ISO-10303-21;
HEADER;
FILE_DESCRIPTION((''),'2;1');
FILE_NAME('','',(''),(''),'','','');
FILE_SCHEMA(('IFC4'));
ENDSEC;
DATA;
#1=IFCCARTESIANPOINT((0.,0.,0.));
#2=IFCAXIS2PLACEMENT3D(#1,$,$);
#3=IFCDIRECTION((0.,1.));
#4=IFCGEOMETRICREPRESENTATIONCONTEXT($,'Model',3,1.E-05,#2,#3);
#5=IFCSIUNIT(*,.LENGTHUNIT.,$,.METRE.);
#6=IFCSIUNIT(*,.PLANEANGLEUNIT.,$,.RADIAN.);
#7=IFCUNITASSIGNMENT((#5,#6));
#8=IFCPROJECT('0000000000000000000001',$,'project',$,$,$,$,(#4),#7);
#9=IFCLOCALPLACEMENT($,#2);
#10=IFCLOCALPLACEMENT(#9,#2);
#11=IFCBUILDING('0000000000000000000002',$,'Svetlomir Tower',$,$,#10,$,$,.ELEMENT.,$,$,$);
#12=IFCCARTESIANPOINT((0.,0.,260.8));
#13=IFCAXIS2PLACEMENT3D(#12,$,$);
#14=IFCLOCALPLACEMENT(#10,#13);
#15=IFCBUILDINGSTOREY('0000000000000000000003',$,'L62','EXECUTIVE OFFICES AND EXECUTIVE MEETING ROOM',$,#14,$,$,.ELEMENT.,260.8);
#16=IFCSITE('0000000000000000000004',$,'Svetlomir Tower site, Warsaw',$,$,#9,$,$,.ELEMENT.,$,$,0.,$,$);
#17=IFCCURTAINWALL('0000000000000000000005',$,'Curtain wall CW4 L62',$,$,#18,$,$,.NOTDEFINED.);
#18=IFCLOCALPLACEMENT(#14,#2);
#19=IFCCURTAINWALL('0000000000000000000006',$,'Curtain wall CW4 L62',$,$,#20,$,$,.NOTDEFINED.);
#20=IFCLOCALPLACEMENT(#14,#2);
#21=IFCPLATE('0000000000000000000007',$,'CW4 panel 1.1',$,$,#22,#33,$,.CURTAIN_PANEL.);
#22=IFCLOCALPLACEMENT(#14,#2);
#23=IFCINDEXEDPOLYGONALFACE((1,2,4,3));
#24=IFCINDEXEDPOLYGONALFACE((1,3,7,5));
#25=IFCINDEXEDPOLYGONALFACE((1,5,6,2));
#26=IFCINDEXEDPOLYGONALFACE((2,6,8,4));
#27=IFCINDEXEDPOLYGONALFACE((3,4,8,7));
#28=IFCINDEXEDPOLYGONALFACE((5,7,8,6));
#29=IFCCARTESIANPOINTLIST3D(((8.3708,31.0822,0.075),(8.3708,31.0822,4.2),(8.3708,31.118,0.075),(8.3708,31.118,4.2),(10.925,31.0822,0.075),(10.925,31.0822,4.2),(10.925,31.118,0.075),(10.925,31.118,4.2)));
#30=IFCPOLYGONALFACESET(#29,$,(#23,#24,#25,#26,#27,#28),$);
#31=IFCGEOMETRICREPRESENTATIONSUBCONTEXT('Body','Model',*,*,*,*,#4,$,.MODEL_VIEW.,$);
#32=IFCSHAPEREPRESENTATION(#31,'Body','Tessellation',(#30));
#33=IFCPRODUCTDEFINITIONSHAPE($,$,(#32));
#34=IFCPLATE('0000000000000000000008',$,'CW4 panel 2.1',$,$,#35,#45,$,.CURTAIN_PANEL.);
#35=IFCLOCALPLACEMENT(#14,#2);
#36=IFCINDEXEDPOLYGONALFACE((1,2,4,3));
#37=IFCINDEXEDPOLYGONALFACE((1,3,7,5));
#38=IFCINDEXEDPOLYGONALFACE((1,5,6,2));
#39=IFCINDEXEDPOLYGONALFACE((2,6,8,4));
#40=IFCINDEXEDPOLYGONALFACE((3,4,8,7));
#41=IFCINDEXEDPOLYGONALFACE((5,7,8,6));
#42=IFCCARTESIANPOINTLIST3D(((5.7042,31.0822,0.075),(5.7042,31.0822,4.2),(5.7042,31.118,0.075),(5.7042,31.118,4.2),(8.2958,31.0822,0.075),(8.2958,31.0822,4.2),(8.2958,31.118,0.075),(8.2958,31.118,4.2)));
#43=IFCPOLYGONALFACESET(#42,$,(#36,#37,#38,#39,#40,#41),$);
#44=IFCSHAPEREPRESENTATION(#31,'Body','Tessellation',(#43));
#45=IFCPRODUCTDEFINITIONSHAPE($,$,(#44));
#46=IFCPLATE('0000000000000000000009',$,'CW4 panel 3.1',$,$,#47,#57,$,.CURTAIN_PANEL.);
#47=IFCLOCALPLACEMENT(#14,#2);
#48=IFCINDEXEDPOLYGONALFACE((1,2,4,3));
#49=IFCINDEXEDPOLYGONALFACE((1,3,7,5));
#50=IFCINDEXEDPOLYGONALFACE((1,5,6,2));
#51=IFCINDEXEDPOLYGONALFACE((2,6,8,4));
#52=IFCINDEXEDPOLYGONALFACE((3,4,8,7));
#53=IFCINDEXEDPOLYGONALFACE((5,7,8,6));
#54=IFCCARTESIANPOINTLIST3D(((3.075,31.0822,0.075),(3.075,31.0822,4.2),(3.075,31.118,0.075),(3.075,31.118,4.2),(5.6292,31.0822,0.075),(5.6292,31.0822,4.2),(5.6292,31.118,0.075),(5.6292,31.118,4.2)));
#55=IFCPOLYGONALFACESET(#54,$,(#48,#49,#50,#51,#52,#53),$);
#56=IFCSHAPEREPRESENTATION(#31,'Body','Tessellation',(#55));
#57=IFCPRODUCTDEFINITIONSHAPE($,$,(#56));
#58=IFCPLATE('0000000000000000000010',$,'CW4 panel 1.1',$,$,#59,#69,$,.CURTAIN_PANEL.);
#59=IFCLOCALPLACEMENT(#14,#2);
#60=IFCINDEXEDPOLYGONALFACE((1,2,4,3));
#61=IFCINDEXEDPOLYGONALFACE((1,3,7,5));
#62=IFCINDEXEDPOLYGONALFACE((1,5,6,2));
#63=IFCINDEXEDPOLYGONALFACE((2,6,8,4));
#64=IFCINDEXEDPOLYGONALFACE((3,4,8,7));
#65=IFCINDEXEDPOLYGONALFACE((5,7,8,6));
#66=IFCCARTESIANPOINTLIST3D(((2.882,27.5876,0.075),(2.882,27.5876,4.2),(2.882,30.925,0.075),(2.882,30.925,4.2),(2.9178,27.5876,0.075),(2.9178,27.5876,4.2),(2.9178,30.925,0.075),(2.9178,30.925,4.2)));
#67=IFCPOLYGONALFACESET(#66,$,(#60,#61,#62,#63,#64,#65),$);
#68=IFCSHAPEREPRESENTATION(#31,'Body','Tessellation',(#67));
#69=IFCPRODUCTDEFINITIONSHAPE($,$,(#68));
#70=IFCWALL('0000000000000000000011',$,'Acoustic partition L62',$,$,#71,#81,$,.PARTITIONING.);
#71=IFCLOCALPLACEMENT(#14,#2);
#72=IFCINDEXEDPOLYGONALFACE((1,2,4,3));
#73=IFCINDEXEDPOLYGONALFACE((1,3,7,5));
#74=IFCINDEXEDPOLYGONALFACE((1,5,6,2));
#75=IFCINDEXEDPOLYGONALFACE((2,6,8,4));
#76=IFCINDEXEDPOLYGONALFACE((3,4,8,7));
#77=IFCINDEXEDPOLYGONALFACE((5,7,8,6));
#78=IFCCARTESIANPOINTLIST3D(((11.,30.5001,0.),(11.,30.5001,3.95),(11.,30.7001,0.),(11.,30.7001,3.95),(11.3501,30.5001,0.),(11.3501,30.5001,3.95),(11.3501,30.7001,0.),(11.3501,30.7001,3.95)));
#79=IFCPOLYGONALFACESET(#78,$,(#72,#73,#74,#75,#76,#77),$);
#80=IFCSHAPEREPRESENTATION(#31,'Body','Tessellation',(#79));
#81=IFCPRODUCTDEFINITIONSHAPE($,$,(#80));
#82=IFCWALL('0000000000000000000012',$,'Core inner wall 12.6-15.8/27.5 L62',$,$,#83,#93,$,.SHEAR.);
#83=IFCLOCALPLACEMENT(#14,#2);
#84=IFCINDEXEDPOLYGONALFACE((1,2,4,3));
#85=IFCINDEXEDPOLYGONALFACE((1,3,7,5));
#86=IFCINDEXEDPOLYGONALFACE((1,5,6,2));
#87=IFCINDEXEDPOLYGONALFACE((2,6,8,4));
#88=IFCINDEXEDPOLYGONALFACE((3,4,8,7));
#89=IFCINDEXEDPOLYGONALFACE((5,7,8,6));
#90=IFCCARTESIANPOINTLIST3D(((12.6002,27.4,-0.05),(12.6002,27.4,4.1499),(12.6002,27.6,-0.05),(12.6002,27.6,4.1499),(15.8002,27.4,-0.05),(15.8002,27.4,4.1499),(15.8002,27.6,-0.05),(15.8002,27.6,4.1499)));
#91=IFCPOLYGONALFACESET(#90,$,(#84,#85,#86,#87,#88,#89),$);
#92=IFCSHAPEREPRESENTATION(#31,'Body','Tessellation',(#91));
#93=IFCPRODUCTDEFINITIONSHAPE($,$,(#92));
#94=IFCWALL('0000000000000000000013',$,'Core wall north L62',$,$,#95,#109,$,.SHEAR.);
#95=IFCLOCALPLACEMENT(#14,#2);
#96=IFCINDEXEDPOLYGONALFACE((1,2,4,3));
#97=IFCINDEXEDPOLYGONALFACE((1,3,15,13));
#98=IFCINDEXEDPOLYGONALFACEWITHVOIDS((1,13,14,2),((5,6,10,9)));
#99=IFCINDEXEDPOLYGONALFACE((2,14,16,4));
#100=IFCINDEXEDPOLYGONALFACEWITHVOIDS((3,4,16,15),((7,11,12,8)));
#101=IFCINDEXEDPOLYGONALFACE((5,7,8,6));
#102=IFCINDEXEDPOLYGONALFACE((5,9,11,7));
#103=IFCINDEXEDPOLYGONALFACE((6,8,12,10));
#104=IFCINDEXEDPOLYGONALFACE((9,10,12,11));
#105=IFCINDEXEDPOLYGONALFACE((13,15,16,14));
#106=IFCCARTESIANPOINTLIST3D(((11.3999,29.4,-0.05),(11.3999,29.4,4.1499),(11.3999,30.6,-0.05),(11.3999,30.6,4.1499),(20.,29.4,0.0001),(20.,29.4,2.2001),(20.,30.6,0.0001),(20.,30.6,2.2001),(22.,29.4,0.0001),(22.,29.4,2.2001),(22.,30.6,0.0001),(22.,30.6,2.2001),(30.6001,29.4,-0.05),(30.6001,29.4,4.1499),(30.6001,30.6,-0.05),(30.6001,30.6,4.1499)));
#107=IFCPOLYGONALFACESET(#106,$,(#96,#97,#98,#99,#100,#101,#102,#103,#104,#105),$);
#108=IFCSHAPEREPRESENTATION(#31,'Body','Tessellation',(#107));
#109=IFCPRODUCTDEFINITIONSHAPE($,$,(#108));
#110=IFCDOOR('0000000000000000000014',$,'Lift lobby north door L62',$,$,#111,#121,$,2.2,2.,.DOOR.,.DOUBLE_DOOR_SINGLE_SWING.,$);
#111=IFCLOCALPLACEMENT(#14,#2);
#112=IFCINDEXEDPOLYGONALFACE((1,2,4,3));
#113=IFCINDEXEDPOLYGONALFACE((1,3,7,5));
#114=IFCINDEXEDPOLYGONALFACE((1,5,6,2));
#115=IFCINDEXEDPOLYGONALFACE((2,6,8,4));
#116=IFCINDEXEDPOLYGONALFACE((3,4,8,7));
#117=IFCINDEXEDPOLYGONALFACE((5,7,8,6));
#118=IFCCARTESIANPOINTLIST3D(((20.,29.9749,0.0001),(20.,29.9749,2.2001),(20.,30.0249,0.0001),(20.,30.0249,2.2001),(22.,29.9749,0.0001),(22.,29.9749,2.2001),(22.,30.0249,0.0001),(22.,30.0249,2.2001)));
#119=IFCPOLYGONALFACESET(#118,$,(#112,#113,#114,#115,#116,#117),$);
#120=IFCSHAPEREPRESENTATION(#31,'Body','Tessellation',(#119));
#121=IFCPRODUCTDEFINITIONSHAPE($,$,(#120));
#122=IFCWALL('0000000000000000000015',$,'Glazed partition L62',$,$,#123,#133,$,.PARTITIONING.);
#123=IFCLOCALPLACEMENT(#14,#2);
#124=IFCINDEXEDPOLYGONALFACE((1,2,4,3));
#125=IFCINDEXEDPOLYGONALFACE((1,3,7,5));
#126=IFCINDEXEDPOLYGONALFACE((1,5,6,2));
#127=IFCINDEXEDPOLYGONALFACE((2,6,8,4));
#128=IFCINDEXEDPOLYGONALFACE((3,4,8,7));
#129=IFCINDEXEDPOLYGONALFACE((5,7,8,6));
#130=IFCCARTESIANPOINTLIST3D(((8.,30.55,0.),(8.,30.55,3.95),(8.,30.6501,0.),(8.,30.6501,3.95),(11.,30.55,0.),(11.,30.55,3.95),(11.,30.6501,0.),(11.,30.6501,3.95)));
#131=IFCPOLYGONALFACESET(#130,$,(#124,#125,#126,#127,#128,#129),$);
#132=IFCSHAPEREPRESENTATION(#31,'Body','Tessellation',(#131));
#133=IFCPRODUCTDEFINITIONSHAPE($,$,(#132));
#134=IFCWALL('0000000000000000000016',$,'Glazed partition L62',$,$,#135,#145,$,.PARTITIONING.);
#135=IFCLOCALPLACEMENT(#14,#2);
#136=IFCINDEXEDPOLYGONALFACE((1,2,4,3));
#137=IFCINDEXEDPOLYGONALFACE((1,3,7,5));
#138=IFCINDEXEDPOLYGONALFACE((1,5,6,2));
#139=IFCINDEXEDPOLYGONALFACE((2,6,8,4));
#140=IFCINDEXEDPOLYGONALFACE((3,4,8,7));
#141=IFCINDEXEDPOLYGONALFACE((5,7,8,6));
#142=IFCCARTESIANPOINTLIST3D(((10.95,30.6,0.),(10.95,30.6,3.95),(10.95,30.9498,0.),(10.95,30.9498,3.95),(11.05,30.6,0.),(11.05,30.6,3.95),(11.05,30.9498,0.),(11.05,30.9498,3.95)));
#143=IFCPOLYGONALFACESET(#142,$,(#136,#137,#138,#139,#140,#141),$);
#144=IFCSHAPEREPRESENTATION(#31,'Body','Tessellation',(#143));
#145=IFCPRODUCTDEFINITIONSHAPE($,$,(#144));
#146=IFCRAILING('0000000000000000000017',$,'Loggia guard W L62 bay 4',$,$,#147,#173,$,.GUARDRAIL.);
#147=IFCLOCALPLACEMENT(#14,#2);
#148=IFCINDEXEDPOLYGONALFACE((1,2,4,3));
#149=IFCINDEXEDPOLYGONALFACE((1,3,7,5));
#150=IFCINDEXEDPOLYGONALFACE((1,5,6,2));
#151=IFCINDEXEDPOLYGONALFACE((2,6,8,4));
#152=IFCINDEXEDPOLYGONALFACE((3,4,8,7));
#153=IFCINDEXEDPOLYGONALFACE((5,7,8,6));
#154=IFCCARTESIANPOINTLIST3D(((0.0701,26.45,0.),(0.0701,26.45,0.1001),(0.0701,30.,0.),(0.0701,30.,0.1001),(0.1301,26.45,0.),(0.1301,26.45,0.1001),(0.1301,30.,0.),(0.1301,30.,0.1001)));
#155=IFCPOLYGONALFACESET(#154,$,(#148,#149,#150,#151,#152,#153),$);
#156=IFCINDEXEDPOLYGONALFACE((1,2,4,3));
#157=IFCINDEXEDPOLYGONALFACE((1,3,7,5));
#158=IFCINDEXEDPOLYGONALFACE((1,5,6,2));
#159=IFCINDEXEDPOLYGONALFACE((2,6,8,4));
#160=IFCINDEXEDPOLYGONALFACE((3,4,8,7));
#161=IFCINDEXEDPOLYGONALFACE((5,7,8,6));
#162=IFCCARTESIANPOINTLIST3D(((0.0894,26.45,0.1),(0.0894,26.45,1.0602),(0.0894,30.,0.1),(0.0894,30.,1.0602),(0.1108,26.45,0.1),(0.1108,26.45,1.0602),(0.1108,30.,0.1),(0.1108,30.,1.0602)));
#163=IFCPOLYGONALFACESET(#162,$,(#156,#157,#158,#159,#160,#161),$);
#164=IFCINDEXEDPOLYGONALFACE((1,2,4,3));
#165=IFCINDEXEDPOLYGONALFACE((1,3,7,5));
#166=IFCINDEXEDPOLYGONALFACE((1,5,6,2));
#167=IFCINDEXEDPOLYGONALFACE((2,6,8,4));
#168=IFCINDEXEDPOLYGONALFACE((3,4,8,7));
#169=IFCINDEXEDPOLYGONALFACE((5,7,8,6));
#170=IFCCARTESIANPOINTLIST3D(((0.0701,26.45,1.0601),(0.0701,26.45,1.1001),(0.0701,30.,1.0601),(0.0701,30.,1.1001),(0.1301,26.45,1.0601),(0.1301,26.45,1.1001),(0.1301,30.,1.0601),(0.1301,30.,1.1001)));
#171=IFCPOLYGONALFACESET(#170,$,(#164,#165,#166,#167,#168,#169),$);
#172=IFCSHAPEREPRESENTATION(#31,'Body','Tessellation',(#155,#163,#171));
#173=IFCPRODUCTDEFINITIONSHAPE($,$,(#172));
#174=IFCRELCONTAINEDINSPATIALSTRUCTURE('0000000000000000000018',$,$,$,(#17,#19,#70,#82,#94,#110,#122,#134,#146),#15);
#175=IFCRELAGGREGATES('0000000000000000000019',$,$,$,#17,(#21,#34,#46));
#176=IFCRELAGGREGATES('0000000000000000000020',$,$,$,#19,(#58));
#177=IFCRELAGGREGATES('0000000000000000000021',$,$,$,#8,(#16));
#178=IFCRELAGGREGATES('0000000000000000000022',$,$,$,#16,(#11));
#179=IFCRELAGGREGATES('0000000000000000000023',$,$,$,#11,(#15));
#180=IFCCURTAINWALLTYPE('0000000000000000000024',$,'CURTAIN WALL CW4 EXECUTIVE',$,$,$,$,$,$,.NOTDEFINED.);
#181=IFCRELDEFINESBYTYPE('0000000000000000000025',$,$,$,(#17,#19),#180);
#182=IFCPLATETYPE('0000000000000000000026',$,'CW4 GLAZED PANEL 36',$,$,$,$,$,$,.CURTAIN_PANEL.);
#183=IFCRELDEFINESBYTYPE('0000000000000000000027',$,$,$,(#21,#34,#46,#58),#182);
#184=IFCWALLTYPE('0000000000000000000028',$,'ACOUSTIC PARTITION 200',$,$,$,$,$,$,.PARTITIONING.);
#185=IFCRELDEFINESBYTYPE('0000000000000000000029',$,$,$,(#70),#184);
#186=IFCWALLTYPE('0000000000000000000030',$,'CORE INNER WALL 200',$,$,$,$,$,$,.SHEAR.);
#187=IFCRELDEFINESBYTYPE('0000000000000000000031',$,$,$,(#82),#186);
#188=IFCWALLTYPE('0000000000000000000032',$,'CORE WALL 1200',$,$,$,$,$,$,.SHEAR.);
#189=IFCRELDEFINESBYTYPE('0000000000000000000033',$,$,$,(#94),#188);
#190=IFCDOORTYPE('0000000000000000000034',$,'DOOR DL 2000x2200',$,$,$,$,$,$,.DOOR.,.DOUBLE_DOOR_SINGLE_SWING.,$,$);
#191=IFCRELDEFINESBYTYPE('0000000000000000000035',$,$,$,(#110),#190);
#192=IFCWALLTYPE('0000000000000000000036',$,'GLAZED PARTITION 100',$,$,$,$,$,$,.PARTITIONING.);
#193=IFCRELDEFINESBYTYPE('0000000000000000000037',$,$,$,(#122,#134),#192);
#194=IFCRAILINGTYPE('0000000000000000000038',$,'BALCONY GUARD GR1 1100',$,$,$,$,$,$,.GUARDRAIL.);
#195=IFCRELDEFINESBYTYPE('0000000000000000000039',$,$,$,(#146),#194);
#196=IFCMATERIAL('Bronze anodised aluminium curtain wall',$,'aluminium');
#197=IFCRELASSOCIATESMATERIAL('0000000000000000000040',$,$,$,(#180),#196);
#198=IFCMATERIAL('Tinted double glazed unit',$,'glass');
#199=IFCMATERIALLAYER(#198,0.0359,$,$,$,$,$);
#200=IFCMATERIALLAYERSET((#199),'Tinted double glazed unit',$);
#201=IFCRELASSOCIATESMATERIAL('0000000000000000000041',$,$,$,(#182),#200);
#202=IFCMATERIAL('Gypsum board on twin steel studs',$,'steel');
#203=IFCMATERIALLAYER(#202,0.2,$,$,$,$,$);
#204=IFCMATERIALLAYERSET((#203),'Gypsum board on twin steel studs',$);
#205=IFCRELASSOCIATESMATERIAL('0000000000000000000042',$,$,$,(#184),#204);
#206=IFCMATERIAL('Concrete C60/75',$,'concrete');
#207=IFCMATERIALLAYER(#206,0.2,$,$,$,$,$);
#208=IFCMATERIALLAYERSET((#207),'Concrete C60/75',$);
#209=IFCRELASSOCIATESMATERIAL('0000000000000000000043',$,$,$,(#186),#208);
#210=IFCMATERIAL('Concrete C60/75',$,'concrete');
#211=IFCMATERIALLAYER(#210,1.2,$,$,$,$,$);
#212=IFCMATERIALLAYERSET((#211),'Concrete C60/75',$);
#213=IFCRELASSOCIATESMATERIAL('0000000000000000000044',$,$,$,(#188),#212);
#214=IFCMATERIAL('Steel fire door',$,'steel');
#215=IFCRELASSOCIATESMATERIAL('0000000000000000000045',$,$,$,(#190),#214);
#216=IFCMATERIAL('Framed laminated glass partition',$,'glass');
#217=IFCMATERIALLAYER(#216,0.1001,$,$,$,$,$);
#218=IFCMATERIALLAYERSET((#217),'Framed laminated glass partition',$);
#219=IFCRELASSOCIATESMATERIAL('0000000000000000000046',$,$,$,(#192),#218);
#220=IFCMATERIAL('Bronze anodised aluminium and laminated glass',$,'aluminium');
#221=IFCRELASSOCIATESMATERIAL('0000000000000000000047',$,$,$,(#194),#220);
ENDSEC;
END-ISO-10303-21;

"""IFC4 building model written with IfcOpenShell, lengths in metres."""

from ifc_helpers import new_model, si_unit, direction, frame, frame_2d, origin, origin_2d, place, context, subcontext, project, spatial, rectangle, extrude, material, layer, layer_set, type_object, element, fill, aggregate, save


model = new_model("IFC4")

# Units and contexts
model_context = context("Model", 3, precision=1e-05, world=origin(), true_north=direction((0.0, 1.0)))
body_context = subcontext(model_context, "Body", "Model", "MODEL_VIEW")
ifc_project = project(units=[si_unit("LENGTHUNIT", "METRE"), si_unit("PLANEANGLEUNIT", "RADIAN")], contexts=[model_context])

# Site, building, storey
site_placement = place(None, origin())
site = spatial("IfcSite", under=ifc_project, at=site_placement, Name="Svetlomir Tower site, Warsaw", CompositionType="ELEMENT", RefElevation=0.0)
building_placement = place(site_placement, origin())
building = spatial("IfcBuilding", under=site, at=building_placement, Name="Svetlomir Tower", CompositionType="ELEMENT")
storey_placement = place(building_placement, frame((0.0, 0.0, 260.8)))
storey = spatial("IfcBuildingStorey", under=building, at=storey_placement, Name="L62", Description="EXECUTIVE OFFICES AND EXECUTIVE MEETING ROOM", CompositionType="ELEMENT", Elevation=260.8)

# Shared definitions
ifc_material_1 = material(Name="Bronze anodised aluminium curtain wall", Category="aluminium")
curtain_wall_type = type_object("IfcCurtainWallType", Name="CURTAIN WALL CW4 EXECUTIVE", PredefinedType="NOTDEFINED", material=ifc_material_1)

# Curtain walls
curtain_wall_1_placement = place(storey_placement, origin())
curtain_wall_1 = element("IfcCurtainWall", 1, at=curtain_wall_1_placement, inside=storey, type_object=curtain_wall_type, Name="Curtain wall CW4 L62", PredefinedType="NOTDEFINED")
curtain_wall_2_placement = place(storey_placement, origin())
curtain_wall_2 = element("IfcCurtainWall", 2, at=curtain_wall_2_placement, inside=storey, type_object=curtain_wall_type, Name="Curtain wall CW4 L62", PredefinedType="NOTDEFINED")

# Plates
ifc_material_2 = material(Name="Tinted double glazed unit", Category="glass")
ifc_layer_1 = layer(ifc_material_2, 0.0359)
ifc_layer_set_1 = layer_set([ifc_layer_1], Name="Tinted double glazed unit")
plate_type = type_object("IfcPlateType", Name="CW4 GLAZED PANEL 36", PredefinedType="CURTAIN_PANEL", material=ifc_layer_set_1)
plate_1_placement = place(storey_placement, frame((9.6479, 31.1001, 0.075), z_axis=(0.0, 0.0, 1.0), x_axis=(-1.0, 0.0, 0.0)))
plate_1 = element("IfcPlate", 3, at=plate_1_placement, type_object=plate_type, Name="CW4 panel 1.1", PredefinedType="CURTAIN_PANEL", context=body_context, shape_type="SweptSolid", body=[
    extrude(rectangle(XDim=2.5542, YDim=0.0359, at=origin_2d()), origin(), (0.0, 0.0, 1.0), 4.125),
])
plate_2_placement = place(storey_placement, frame((7.0, 31.1001, 0.075), z_axis=(0.0, 0.0, 1.0), x_axis=(-1.0, 0.0, 0.0)))
plate_2 = element("IfcPlate", 4, at=plate_2_placement, type_object=plate_type, Name="CW4 panel 2.1", PredefinedType="CURTAIN_PANEL", context=body_context, shape_type="SweptSolid", body=[
    extrude(rectangle(XDim=2.5916, YDim=0.0359, at=origin_2d()), origin(), (0.0, 0.0, 1.0), 4.125),
])
plate_3_placement = place(storey_placement, frame((4.3521, 31.1001, 0.075), z_axis=(0.0, 0.0, 1.0), x_axis=(-1.0, 0.0, 0.0)))
plate_3 = element("IfcPlate", 5, at=plate_3_placement, type_object=plate_type, Name="CW4 panel 3.1", PredefinedType="CURTAIN_PANEL", context=body_context, shape_type="SweptSolid", body=[
    extrude(rectangle(XDim=2.5542, YDim=0.0359, at=origin_2d()), origin(), (0.0, 0.0, 1.0), 4.125),
])
aggregate(curtain_wall_1, [plate_1, plate_2, plate_3])
plate_4_placement = place(storey_placement, frame((2.8999, 29.2563, 0.075), z_axis=(0.0, 0.0, 1.0), x_axis=(0.0, -1.0, 0.0)))
plate_4 = element("IfcPlate", 6, at=plate_4_placement, type_object=plate_type, Name="CW4 panel 1.1", PredefinedType="CURTAIN_PANEL", context=body_context, shape_type="SweptSolid", body=[
    extrude(rectangle(XDim=3.3374, YDim=0.0359, at=origin_2d()), origin(), (0.0, 0.0, 1.0), 4.125),
])
aggregate(curtain_wall_2, [plate_4])

# Walls
ifc_material_3 = material(Name="Gypsum board on twin steel studs", Category="steel")
ifc_layer_2 = layer(ifc_material_3, 0.2)
ifc_layer_set_2 = layer_set([ifc_layer_2], Name="Gypsum board on twin steel studs")
wall_type_1 = type_object("IfcWallType", Name="ACOUSTIC PARTITION 200", PredefinedType="PARTITIONING", material=ifc_layer_set_2)
wall_1_placement = place(storey_placement, frame((11.0, 30.6001, 0.0), z_axis=(0.0, 0.0, 1.0), x_axis=(1.0, 0.0, 0.0)))
element("IfcWall", 7, at=wall_1_placement, inside=storey, type_object=wall_type_1, Name="Acoustic partition L62", PredefinedType="PARTITIONING", context=body_context, shape_type="SweptSolid", body=[
    extrude(rectangle(XDim=0.3501, YDim=0.2, at=frame_2d((0.175, 0.0))), origin(), (0.0, 0.0, 1.0), 3.95),
])
ifc_material_4 = material(Name="Concrete C60/75", Category="concrete")
ifc_layer_3 = layer(ifc_material_4, 0.2)
ifc_layer_set_3 = layer_set([ifc_layer_3], Name="Concrete C60/75")
wall_type_2 = type_object("IfcWallType", Name="CORE INNER WALL 200", PredefinedType="SHEAR", material=ifc_layer_set_3)
wall_2_placement = place(storey_placement, frame((12.6001, 27.5, -0.05), z_axis=(0.0, 0.0, 1.0), x_axis=(1.0, 0.0, 0.0)))
element("IfcWall", 8, at=wall_2_placement, inside=storey, type_object=wall_type_2, Name="Core inner wall 12.6-15.8/27.5 L62", PredefinedType="SHEAR", context=body_context, shape_type="SweptSolid", body=[
    extrude(rectangle(XDim=3.2, YDim=0.2, at=frame_2d((1.6001, 0.0))), origin(), (0.0, 0.0, 1.0), 4.2),
])

# Wall, opening, door
ifc_material_5 = material(Name="Concrete C60/75", Category="concrete")
ifc_layer_4 = layer(ifc_material_5, 1.2)
ifc_layer_set_4 = layer_set([ifc_layer_4], Name="Concrete C60/75")
wall_type_3 = type_object("IfcWallType", Name="CORE WALL 1200", PredefinedType="SHEAR", material=ifc_layer_set_4)
wall_3_placement = place(storey_placement, frame((11.3999, 30.0, -0.05), z_axis=(0.0, 0.0, 1.0), x_axis=(1.0, 0.0, 0.0)))
wall_3 = element("IfcWall", 9, at=wall_3_placement, inside=storey, type_object=wall_type_3, Name="Core wall north L62", PredefinedType="SHEAR", context=body_context, shape_type="SweptSolid", body=[
    extrude(rectangle(XDim=19.2002, YDim=1.2, at=frame_2d((9.6001, 0.0))), origin(), (0.0, 0.0, 1.0), 4.2),
])
opening_placement = place(wall_3_placement, frame((8.6001, 0.0, 0.05)))
opening = element("IfcOpeningElement", 10, at=opening_placement, cuts=wall_3, PredefinedType="OPENING", context=body_context, shape_type="SweptSolid", body=[
    extrude(rectangle(XDim=2.0, YDim=2.2, at=frame_2d((1.0, 1.1001))), frame((0.0, 0.6099, 0.0), z_axis=(0.0, -1.0, 0.0), x_axis=(1.0, 0.0, 0.0)), (0.0, 0.0, 1.0), 1.22),
])
ifc_material_6 = material(Name="Steel fire door", Category="steel")
door_type = type_object("IfcDoorType", Name="DOOR DL 2000x2200", OperationType="DOUBLE_DOOR_SINGLE_SWING", PredefinedType="DOOR", material=ifc_material_6)
door_placement = place(opening_placement, origin())
door = element("IfcDoor", 11, at=door_placement, inside=storey, type_object=door_type, Name="Lift lobby north door L62", OperationType="DOUBLE_DOOR_SINGLE_SWING", OverallHeight=2.2, OverallWidth=2.0, PredefinedType="DOOR", context=body_context, shape_type="SweptSolid", body=[
    extrude(rectangle(XDim=2.0, YDim=2.2, at=frame_2d((1.0, 1.1001))), frame((0.0, 0.0249, 0.0), z_axis=(0.0, -1.0, 0.0), x_axis=(1.0, 0.0, 0.0)), (0.0, 0.0, 1.0), 0.05),
])
fill(opening, door)

# Walls
ifc_material_7 = material(Name="Framed laminated glass partition", Category="glass")
ifc_layer_5 = layer(ifc_material_7, 0.1001)
ifc_layer_set_5 = layer_set([ifc_layer_5], Name="Framed laminated glass partition")
wall_type_4 = type_object("IfcWallType", Name="GLAZED PARTITION 100", PredefinedType="PARTITIONING", material=ifc_layer_set_5)
wall_4_placement = place(storey_placement, frame((8.0, 30.6001, 0.0), z_axis=(0.0, 0.0, 1.0), x_axis=(1.0, 0.0, 0.0)))
element("IfcWall", 12, at=wall_4_placement, inside=storey, type_object=wall_type_4, Name="Glazed partition L62", PredefinedType="PARTITIONING", context=body_context, shape_type="SweptSolid", body=[
    extrude(rectangle(XDim=3.0, YDim=0.1001, at=frame_2d((1.5, 0.0))), origin(), (0.0, 0.0, 1.0), 3.95),
])
wall_5_placement = place(storey_placement, frame((11.0, 30.6001, 0.0), z_axis=(0.0, 0.0, 1.0), x_axis=(0.0, 1.0, 0.0)))
element("IfcWall", 13, at=wall_5_placement, inside=storey, type_object=wall_type_4, Name="Glazed partition L62", PredefinedType="PARTITIONING", context=body_context, shape_type="SweptSolid", body=[
    extrude(rectangle(XDim=0.3499, YDim=0.1001, at=frame_2d((0.1748, 0.0))), origin(), (0.0, 0.0, 1.0), 3.95),
])

# Railing
ifc_material_8 = material(Name="Bronze anodised aluminium and laminated glass", Category="aluminium")
railing_type = type_object("IfcRailingType", Name="BALCONY GUARD GR1 1100", PredefinedType="GUARDRAIL", material=ifc_material_8)
railing_1_placement = place(storey_placement, frame((0.1001, 26.45, 0.0)))
element("IfcRailing", 14, at=railing_1_placement, inside=storey, type_object=railing_type, Name="Loggia guard W L62 bay 4", PredefinedType="GUARDRAIL", context=body_context, shape_type="SweptSolid", body=[
    extrude(rectangle(XDim=0.0601, YDim=0.1001, at=origin_2d()), frame((0.0, 0.0, 0.05), z_axis=(0.0, 1.0, 0.0), x_axis=(-1.0, 0.0, 0.0)), (0.0, 0.0, 1.0), 3.55),
    extrude(rectangle(XDim=0.0215, YDim=0.9602, at=origin_2d()), frame((0.0, 0.0, 0.5801), z_axis=(0.0, 1.0, 0.0), x_axis=(-1.0, 0.0, 0.0)), (0.0, 0.0, 1.0), 3.55),
    extrude(rectangle(XDim=0.0601, YDim=0.04, at=origin_2d()), frame((0.0, 0.0, 1.0801), z_axis=(0.0, 1.0, 0.0), x_axis=(-1.0, 0.0, 0.0)), (0.0, 0.0, 1.0), 3.55),
])

save(model, "model.ifc")
